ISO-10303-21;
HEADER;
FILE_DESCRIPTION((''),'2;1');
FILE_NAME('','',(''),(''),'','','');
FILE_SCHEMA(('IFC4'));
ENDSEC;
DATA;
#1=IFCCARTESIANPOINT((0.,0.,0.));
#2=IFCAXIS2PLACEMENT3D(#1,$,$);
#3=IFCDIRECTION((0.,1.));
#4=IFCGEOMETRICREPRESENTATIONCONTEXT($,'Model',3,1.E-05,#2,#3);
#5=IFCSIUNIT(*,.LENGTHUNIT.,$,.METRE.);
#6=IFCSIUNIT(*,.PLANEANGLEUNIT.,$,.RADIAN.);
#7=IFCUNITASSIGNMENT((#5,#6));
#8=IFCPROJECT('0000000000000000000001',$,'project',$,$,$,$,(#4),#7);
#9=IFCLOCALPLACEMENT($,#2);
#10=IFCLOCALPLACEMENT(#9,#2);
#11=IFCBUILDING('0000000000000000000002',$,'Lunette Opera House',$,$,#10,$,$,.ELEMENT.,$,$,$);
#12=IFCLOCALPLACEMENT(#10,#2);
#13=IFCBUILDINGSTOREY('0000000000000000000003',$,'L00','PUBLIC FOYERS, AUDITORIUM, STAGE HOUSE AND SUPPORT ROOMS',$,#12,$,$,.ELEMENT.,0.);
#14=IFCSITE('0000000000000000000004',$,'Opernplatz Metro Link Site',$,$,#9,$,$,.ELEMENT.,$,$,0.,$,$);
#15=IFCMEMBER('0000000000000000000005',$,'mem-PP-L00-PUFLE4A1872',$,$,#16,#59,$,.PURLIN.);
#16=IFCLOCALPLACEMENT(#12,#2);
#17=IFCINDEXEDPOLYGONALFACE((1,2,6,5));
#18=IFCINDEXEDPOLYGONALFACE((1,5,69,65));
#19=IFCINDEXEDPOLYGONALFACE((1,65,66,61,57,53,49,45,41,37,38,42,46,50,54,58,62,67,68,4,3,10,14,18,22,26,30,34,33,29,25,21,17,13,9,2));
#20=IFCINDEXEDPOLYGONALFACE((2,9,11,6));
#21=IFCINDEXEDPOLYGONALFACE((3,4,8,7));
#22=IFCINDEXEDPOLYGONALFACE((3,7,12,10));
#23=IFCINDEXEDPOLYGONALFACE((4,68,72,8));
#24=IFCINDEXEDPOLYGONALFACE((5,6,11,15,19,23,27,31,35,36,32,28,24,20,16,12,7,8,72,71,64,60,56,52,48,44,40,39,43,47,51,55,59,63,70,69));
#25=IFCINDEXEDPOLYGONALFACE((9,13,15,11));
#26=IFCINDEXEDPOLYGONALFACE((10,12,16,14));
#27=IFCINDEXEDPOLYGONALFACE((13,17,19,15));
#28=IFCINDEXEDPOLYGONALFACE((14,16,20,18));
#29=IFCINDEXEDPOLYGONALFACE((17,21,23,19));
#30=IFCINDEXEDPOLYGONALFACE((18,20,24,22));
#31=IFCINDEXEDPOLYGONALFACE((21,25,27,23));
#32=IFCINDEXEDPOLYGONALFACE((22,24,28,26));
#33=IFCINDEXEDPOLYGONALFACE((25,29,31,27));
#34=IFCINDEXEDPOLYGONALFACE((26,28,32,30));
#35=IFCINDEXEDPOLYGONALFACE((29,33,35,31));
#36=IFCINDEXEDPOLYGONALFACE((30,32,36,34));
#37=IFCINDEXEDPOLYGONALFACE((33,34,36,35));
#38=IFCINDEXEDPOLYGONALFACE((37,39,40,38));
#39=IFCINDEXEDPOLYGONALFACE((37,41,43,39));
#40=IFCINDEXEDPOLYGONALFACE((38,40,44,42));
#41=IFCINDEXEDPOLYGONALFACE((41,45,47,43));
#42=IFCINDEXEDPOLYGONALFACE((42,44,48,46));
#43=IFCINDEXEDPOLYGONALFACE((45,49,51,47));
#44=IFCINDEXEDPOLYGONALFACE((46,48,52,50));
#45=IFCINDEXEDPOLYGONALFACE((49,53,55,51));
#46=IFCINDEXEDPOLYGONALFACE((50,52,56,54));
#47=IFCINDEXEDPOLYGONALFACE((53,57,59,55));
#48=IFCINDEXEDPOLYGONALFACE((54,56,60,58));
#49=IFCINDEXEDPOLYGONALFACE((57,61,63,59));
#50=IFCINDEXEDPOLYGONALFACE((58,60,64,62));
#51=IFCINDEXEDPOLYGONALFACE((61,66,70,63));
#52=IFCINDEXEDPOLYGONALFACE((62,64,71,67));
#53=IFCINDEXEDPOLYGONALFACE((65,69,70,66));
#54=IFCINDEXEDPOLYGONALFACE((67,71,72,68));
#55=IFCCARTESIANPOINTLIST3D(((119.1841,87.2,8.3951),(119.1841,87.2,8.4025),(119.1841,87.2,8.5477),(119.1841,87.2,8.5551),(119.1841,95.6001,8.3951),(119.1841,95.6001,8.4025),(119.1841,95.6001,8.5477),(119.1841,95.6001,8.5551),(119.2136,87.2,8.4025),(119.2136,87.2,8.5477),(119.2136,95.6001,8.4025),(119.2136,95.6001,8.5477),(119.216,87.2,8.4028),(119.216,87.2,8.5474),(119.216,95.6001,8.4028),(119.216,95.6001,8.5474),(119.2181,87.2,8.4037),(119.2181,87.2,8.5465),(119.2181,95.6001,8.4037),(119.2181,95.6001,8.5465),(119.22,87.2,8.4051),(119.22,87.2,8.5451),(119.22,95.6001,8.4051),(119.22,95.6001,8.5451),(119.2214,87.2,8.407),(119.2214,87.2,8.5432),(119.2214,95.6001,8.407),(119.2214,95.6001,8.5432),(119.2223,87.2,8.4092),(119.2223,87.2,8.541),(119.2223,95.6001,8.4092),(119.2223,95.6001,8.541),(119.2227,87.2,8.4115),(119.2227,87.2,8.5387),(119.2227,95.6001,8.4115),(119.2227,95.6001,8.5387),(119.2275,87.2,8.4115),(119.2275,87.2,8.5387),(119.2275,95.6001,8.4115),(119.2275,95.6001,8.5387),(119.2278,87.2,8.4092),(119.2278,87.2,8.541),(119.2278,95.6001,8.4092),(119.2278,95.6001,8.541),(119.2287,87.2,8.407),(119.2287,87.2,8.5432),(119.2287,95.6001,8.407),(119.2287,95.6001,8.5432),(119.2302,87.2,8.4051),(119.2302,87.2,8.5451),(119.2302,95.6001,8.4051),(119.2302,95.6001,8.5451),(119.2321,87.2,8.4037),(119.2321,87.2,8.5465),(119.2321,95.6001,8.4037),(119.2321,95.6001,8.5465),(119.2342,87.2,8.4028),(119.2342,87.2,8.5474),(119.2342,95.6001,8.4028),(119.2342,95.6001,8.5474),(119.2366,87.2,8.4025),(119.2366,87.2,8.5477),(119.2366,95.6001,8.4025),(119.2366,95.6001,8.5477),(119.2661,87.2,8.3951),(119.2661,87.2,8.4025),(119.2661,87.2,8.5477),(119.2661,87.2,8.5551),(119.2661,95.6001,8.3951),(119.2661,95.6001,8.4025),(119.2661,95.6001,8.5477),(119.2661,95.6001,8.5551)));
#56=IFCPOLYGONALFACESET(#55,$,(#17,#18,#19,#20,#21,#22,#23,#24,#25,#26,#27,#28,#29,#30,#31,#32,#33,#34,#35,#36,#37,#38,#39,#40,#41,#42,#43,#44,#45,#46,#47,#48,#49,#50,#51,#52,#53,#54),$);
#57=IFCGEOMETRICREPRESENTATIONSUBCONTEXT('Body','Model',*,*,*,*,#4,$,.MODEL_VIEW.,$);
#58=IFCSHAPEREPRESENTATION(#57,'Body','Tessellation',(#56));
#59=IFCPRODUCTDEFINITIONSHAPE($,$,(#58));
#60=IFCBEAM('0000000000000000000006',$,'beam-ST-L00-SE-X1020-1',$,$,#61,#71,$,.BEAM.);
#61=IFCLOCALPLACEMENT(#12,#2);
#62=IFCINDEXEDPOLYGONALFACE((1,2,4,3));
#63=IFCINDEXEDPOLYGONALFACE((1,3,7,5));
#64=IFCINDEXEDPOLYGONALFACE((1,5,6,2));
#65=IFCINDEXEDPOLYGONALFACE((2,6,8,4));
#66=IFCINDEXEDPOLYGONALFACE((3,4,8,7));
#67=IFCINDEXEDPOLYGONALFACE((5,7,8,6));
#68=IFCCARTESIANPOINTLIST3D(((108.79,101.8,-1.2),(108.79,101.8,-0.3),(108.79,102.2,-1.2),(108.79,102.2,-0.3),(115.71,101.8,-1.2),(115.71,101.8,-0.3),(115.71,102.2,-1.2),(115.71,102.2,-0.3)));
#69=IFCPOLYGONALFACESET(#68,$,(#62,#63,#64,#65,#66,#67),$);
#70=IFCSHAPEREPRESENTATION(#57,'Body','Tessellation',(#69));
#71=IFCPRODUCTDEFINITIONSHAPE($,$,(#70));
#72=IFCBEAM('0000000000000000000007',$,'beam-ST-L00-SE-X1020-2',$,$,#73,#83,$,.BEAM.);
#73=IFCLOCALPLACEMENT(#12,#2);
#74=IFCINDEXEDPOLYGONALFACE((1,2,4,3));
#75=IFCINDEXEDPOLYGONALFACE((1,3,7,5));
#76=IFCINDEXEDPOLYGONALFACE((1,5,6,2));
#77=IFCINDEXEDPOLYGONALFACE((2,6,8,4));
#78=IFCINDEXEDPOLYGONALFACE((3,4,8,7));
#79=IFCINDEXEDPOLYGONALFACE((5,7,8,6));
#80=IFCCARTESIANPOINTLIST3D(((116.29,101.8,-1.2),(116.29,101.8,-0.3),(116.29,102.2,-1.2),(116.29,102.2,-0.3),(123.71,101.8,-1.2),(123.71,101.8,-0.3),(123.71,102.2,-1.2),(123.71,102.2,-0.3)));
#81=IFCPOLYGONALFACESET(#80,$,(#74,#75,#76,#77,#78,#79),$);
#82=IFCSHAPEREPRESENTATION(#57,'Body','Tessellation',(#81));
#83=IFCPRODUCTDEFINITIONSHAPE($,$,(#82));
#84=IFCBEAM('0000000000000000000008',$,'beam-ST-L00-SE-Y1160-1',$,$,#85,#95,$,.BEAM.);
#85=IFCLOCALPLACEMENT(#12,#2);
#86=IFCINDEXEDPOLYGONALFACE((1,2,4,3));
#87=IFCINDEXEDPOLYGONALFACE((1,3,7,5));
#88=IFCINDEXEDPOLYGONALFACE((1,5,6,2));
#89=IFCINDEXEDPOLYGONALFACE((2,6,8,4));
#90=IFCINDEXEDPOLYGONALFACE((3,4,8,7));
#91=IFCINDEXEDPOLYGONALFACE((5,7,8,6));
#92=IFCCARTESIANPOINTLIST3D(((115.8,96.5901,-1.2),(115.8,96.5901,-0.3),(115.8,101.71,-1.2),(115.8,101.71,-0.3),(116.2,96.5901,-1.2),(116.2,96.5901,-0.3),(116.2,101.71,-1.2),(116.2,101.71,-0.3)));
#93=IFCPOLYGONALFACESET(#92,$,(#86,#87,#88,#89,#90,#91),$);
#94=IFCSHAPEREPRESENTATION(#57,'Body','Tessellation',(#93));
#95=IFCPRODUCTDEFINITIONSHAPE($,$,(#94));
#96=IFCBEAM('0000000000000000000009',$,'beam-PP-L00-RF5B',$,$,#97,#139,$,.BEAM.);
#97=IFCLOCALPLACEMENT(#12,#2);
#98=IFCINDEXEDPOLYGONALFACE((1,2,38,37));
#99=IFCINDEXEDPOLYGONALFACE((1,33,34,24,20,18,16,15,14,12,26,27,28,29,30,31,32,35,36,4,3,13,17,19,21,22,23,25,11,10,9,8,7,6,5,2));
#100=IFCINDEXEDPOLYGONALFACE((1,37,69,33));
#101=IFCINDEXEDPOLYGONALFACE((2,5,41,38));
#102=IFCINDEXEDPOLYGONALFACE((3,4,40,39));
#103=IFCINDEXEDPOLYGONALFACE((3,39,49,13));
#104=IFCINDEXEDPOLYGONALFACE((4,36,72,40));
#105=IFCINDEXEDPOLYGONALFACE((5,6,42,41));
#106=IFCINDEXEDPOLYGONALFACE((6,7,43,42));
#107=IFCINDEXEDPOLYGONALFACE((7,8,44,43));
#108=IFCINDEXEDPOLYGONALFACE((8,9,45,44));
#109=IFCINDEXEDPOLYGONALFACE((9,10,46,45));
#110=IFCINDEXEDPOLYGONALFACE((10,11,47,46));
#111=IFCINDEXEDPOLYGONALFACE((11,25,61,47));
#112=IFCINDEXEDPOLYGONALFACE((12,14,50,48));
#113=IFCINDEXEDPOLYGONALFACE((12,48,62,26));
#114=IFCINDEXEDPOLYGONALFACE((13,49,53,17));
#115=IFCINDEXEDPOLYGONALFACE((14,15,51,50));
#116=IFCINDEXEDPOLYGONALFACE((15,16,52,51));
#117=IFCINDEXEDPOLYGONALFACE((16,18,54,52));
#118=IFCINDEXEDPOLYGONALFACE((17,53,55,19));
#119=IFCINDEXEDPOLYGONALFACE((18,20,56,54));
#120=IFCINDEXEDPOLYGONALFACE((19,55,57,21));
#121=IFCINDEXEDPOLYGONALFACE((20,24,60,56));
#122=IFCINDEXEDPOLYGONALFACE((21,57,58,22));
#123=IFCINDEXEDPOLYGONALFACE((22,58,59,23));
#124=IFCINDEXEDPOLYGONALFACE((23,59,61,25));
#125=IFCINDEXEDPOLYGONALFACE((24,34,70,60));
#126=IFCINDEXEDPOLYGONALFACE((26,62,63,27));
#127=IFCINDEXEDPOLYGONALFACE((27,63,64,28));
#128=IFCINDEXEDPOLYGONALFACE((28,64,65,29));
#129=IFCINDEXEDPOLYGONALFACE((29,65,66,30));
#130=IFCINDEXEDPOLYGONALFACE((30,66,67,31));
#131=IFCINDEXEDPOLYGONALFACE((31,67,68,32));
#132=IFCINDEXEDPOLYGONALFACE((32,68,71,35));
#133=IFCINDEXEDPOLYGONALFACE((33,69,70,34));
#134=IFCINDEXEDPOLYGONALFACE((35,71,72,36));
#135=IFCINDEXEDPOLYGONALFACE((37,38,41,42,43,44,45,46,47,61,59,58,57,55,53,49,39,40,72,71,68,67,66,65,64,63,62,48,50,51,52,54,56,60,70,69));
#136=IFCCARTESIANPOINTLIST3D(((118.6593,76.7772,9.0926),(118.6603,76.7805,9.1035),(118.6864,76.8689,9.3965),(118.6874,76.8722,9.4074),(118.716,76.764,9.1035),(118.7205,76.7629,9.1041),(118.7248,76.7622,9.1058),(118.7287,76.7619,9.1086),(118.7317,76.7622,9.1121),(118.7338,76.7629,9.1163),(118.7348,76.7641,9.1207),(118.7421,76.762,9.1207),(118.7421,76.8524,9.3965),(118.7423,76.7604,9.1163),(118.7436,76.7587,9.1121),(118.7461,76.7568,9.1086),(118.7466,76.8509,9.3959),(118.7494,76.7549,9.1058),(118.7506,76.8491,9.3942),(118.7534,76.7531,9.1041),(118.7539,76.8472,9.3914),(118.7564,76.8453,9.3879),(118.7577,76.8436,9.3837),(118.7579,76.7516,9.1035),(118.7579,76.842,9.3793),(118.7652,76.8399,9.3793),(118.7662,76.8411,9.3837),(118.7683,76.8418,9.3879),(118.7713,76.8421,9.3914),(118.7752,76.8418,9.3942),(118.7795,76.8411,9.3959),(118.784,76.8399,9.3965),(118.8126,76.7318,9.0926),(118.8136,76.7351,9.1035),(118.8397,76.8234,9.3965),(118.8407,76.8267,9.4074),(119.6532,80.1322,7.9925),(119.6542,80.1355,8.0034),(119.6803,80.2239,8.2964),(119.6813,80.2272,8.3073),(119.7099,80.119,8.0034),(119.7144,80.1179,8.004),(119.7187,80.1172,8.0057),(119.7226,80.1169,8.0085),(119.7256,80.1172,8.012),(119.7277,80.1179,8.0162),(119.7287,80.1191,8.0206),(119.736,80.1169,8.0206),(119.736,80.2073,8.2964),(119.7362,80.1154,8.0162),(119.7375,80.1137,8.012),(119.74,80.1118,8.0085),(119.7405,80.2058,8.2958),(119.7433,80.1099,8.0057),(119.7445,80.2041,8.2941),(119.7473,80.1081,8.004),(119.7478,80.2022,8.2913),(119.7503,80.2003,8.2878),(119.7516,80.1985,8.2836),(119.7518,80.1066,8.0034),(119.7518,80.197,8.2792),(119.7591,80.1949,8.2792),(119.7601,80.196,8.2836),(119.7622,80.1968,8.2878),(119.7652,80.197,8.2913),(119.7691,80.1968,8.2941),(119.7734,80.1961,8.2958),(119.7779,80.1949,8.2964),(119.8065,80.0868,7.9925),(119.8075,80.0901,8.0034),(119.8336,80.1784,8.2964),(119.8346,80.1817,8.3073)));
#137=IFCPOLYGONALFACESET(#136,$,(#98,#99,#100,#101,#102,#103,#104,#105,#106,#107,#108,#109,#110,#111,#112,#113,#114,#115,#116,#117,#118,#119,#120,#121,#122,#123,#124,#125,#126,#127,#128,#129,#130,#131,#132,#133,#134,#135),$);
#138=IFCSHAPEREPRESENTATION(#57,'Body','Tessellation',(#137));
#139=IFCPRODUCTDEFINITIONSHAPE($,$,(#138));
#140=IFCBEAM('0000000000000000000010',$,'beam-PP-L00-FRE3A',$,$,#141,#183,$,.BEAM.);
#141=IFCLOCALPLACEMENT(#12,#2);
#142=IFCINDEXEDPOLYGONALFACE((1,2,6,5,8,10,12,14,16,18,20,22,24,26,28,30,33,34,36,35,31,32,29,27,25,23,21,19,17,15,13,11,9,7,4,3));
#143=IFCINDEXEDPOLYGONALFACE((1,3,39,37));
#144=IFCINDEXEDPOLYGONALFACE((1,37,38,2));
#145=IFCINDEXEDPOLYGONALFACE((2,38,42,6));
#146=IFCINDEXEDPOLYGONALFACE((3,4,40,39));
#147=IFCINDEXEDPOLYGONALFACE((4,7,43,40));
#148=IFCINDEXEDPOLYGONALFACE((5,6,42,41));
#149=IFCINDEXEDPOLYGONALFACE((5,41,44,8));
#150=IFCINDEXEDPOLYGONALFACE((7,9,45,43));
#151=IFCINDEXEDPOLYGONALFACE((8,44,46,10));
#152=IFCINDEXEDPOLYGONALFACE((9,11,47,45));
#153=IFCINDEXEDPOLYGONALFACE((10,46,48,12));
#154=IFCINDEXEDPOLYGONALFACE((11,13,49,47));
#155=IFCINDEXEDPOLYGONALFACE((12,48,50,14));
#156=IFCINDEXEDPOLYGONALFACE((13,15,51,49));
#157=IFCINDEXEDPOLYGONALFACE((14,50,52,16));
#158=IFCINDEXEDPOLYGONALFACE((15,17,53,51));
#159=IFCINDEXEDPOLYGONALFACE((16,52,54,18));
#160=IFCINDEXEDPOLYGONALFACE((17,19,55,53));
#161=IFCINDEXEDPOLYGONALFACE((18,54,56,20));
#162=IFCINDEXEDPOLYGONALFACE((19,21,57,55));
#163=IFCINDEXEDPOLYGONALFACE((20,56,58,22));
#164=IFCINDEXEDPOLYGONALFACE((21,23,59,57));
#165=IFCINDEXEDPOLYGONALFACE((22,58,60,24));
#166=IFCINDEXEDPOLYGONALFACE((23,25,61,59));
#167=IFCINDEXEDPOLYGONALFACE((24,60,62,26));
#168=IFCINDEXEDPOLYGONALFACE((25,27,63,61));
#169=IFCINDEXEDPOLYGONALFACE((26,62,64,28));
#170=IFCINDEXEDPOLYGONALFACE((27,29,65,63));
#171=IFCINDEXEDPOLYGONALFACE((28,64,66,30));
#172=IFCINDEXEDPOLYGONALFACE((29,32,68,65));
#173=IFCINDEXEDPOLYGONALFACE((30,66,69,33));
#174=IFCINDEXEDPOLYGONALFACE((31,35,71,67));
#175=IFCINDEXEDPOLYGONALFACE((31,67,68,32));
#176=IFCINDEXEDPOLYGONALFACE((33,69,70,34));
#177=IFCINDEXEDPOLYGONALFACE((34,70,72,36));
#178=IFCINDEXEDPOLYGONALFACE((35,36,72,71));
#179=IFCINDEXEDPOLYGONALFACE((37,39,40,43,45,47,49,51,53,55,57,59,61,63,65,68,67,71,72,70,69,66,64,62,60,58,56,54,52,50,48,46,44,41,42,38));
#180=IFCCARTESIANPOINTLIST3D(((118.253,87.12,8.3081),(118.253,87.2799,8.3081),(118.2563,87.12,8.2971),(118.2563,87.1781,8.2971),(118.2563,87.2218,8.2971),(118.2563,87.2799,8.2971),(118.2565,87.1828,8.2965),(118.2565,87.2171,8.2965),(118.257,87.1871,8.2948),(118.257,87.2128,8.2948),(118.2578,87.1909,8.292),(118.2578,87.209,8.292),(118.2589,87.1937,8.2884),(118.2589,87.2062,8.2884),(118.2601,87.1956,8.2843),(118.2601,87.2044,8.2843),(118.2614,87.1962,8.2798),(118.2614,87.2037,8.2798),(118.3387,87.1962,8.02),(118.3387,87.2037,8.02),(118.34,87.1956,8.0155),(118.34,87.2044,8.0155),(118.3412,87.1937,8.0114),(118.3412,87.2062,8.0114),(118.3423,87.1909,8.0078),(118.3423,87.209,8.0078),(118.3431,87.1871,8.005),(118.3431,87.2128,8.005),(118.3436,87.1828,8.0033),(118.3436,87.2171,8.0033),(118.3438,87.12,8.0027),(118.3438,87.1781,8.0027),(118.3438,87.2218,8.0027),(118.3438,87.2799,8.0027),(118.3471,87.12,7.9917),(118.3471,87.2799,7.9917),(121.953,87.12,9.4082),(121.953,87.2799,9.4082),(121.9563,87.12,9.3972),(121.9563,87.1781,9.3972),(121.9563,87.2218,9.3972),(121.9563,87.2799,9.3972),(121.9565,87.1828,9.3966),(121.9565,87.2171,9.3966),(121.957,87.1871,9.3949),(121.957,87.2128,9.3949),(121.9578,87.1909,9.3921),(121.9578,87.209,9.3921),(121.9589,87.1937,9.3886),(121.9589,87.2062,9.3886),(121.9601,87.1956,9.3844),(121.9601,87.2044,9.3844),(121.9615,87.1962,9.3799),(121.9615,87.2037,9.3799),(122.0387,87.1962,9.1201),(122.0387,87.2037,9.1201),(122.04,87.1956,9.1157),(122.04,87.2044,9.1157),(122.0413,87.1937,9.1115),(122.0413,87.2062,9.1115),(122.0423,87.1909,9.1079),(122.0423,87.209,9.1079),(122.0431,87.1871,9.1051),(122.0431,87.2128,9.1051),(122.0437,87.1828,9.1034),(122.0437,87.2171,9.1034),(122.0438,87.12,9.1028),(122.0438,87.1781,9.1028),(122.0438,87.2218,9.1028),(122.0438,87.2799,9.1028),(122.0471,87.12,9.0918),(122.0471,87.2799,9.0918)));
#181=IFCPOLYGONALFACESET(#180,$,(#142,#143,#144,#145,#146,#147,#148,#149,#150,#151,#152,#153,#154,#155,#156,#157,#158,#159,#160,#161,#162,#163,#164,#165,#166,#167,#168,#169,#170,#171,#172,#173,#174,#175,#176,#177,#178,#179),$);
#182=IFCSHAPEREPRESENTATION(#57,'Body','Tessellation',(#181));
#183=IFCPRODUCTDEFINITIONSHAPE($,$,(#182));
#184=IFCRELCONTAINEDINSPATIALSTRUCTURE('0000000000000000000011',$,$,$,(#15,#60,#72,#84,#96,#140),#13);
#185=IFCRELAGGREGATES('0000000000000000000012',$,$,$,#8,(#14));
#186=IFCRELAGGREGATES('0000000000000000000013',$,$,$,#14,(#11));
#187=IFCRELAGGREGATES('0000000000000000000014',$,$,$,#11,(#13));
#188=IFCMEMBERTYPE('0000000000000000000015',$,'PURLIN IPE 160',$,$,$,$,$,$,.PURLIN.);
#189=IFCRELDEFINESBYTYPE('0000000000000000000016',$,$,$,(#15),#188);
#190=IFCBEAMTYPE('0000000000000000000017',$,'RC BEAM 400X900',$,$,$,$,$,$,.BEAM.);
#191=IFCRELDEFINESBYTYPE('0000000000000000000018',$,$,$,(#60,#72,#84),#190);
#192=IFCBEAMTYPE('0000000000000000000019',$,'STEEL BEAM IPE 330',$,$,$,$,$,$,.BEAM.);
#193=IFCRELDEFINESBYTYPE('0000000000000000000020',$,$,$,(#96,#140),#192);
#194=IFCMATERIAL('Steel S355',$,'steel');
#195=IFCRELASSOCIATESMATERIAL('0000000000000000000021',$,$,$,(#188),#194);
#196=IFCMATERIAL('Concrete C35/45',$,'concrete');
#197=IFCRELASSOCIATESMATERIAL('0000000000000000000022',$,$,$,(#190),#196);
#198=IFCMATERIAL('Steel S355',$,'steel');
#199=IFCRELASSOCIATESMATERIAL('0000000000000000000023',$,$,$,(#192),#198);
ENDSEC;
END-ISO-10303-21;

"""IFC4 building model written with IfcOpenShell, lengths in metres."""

from ifc_helpers import new_model, si_unit, direction, frame, origin, origin_2d, place, context, subcontext, project, spatial, rectangle, i_section, extrude, material, material_profile, profile_set, type_object, element, save


model = new_model("IFC4")

# Units and contexts
model_context = context("Model", 3, precision=1e-05, world=origin(), true_north=direction((0.0, 1.0)))
body_context = subcontext(model_context, "Body", "Model", "MODEL_VIEW")
ifc_project = project(units=[si_unit("LENGTHUNIT", "METRE"), si_unit("PLANEANGLEUNIT", "RADIAN")], contexts=[model_context])

# Site, building, storey
site_placement = place(None, origin())
site = spatial("IfcSite", under=ifc_project, at=site_placement, Name="Opernplatz Metro Link Site", CompositionType="ELEMENT", RefElevation=0.0)
building_placement = place(site_placement, origin())
building = spatial("IfcBuilding", under=site, at=building_placement, Name="Lunette Opera House", CompositionType="ELEMENT")
storey_placement = place(building_placement, origin())
storey = spatial("IfcBuildingStorey", under=building, at=storey_placement, Name="L00", Description="PUBLIC FOYERS, AUDITORIUM, STAGE HOUSE AND SUPPORT ROOMS", CompositionType="ELEMENT", Elevation=0.0)

# Member
ifc_material_1 = material(Name="Steel S355", Category="steel")
ifc_material_profile_1 = material_profile(ifc_material_1, i_section(OverallWidth=0.082, OverallDepth=0.1599, WebThickness=0.0049, FlangeThickness=0.0073, FilletRadius=0.009, at=origin_2d()), Name="IPE 160")
ifc_profile_set_1 = profile_set([ifc_material_profile_1], Name="Steel S355")
member_type_1 = type_object("IfcMemberType", Name="PURLIN IPE 160", PredefinedType="PURLIN", material=ifc_profile_set_1)
member_1_placement = place(storey_placement, frame((119.2251, 87.2, 8.4751), z_axis=(0.0, 1.0, 0.0), x_axis=(-1.0, 0.0, 0.0)))
element("IfcMember", 1, at=member_1_placement, inside=storey, type_object=member_type_1, Name="mem-PP-L00-PUFLE4A1872", PredefinedType="PURLIN", context=body_context, shape_type="SweptSolid", body=[
    extrude(i_section(OverallWidth=0.082, OverallDepth=0.1599, WebThickness=0.0049, FlangeThickness=0.0073, FilletRadius=0.009, at=origin_2d()), origin(), (0.0, 0.0, 1.0), 8.4001),
])

# Beams
ifc_material_2 = material(Name="Concrete C35/45", Category="concrete")
ifc_material_profile_2 = material_profile(ifc_material_2, rectangle(XDim=0.3999, YDim=0.8999, at=origin_2d()), Name="RC BEAM 400X900")
ifc_profile_set_2 = profile_set([ifc_material_profile_2], Name="Concrete C35/45")
beam_type_1 = type_object("IfcBeamType", Name="RC BEAM 400X900", PredefinedType="BEAM", material=ifc_profile_set_2)
beam_1_placement = place(storey_placement, frame((108.79, 102.0, -0.75), z_axis=(1.0, 0.0, 0.0), x_axis=(0.0, 1.0, 0.0)))
element("IfcBeam", 2, at=beam_1_placement, inside=storey, type_object=beam_type_1, Name="beam-ST-L00-SE-X1020-1", PredefinedType="BEAM", context=body_context, shape_type="SweptSolid", body=[
    extrude(rectangle(XDim=0.3999, YDim=0.8999, at=origin_2d()), origin(), (0.0, 0.0, 1.0), 6.9199),
])
beam_2_placement = place(storey_placement, frame((116.29, 102.0, -0.75), z_axis=(1.0, 0.0, 0.0), x_axis=(0.0, 1.0, 0.0)))
element("IfcBeam", 3, at=beam_2_placement, inside=storey, type_object=beam_type_1, Name="beam-ST-L00-SE-X1020-2", PredefinedType="BEAM", context=body_context, shape_type="SweptSolid", body=[
    extrude(rectangle(XDim=0.3999, YDim=0.8999, at=origin_2d()), origin(), (0.0, 0.0, 1.0), 7.4199),
])
beam_3_placement = place(storey_placement, frame((116.0, 96.5901, -0.75), z_axis=(0.0, 1.0, 0.0), x_axis=(-1.0, 0.0, 0.0)))
element("IfcBeam", 4, at=beam_3_placement, inside=storey, type_object=beam_type_1, Name="beam-ST-L00-SE-Y1160-1", PredefinedType="BEAM", context=body_context, shape_type="SweptSolid", body=[
    extrude(rectangle(XDim=0.3999, YDim=0.8999, at=origin_2d()), origin(), (0.0, 0.0, 1.0), 5.1199),
])
ifc_material_3 = material(Name="Steel S355", Category="steel")
ifc_material_profile_3 = material_profile(ifc_material_3, i_section(OverallWidth=0.1599, OverallDepth=0.3301, WebThickness=0.0076, FlangeThickness=0.0115, FilletRadius=0.0181, at=origin_2d()), Name="IPE 330")
ifc_profile_set_3 = profile_set([ifc_material_profile_3], Name="Steel S355")
beam_type_2 = type_object("IfcBeamType", Name="STEEL BEAM IPE 330", PredefinedType="BEAM", material=ifc_profile_set_3)
beam_4_placement = place(storey_placement, frame((119.7439, 80.157, 8.1499), z_axis=(-0.270967, -0.914672, 0.299921), x_axis=(0.958811, -0.284043, 0.0)))
element("IfcBeam", 5, at=beam_4_placement, inside=storey, type_object=beam_type_2, Name="beam-PP-L00-RF5B", PredefinedType="BEAM", context=body_context, shape_type="SweptSolid", body=[
    extrude(i_section(OverallWidth=0.1599, OverallDepth=0.3301, WebThickness=0.0076, FlangeThickness=0.0115, FilletRadius=0.0181, at=origin_2d()), origin(), (0.0, 0.0, 1.0), 3.668),
])
for number, where, z_axis, x_axis, name in (
    (6, (118.3, 87.2, 8.1499), (0.958528, 0.0, 0.284997), (0.0, 1.0, 0.0), "beam-PP-L00-FRE3A"),
):
    element("IfcBeam", number, at=place(storey_placement, frame(where, z_axis=z_axis, x_axis=x_axis)), inside=storey, type_object=beam_type_2, Name=name, PredefinedType="BEAM", context=body_context, shape_type="SweptSolid", body=[
        extrude(i_section(OverallWidth=0.1599, OverallDepth=0.3301, WebThickness=0.0076, FlangeThickness=0.0115, FilletRadius=0.0181, at=origin_2d()), origin(), (0.0, 0.0, 1.0), 3.8601),
    ])

save(model, "model.ifc")
